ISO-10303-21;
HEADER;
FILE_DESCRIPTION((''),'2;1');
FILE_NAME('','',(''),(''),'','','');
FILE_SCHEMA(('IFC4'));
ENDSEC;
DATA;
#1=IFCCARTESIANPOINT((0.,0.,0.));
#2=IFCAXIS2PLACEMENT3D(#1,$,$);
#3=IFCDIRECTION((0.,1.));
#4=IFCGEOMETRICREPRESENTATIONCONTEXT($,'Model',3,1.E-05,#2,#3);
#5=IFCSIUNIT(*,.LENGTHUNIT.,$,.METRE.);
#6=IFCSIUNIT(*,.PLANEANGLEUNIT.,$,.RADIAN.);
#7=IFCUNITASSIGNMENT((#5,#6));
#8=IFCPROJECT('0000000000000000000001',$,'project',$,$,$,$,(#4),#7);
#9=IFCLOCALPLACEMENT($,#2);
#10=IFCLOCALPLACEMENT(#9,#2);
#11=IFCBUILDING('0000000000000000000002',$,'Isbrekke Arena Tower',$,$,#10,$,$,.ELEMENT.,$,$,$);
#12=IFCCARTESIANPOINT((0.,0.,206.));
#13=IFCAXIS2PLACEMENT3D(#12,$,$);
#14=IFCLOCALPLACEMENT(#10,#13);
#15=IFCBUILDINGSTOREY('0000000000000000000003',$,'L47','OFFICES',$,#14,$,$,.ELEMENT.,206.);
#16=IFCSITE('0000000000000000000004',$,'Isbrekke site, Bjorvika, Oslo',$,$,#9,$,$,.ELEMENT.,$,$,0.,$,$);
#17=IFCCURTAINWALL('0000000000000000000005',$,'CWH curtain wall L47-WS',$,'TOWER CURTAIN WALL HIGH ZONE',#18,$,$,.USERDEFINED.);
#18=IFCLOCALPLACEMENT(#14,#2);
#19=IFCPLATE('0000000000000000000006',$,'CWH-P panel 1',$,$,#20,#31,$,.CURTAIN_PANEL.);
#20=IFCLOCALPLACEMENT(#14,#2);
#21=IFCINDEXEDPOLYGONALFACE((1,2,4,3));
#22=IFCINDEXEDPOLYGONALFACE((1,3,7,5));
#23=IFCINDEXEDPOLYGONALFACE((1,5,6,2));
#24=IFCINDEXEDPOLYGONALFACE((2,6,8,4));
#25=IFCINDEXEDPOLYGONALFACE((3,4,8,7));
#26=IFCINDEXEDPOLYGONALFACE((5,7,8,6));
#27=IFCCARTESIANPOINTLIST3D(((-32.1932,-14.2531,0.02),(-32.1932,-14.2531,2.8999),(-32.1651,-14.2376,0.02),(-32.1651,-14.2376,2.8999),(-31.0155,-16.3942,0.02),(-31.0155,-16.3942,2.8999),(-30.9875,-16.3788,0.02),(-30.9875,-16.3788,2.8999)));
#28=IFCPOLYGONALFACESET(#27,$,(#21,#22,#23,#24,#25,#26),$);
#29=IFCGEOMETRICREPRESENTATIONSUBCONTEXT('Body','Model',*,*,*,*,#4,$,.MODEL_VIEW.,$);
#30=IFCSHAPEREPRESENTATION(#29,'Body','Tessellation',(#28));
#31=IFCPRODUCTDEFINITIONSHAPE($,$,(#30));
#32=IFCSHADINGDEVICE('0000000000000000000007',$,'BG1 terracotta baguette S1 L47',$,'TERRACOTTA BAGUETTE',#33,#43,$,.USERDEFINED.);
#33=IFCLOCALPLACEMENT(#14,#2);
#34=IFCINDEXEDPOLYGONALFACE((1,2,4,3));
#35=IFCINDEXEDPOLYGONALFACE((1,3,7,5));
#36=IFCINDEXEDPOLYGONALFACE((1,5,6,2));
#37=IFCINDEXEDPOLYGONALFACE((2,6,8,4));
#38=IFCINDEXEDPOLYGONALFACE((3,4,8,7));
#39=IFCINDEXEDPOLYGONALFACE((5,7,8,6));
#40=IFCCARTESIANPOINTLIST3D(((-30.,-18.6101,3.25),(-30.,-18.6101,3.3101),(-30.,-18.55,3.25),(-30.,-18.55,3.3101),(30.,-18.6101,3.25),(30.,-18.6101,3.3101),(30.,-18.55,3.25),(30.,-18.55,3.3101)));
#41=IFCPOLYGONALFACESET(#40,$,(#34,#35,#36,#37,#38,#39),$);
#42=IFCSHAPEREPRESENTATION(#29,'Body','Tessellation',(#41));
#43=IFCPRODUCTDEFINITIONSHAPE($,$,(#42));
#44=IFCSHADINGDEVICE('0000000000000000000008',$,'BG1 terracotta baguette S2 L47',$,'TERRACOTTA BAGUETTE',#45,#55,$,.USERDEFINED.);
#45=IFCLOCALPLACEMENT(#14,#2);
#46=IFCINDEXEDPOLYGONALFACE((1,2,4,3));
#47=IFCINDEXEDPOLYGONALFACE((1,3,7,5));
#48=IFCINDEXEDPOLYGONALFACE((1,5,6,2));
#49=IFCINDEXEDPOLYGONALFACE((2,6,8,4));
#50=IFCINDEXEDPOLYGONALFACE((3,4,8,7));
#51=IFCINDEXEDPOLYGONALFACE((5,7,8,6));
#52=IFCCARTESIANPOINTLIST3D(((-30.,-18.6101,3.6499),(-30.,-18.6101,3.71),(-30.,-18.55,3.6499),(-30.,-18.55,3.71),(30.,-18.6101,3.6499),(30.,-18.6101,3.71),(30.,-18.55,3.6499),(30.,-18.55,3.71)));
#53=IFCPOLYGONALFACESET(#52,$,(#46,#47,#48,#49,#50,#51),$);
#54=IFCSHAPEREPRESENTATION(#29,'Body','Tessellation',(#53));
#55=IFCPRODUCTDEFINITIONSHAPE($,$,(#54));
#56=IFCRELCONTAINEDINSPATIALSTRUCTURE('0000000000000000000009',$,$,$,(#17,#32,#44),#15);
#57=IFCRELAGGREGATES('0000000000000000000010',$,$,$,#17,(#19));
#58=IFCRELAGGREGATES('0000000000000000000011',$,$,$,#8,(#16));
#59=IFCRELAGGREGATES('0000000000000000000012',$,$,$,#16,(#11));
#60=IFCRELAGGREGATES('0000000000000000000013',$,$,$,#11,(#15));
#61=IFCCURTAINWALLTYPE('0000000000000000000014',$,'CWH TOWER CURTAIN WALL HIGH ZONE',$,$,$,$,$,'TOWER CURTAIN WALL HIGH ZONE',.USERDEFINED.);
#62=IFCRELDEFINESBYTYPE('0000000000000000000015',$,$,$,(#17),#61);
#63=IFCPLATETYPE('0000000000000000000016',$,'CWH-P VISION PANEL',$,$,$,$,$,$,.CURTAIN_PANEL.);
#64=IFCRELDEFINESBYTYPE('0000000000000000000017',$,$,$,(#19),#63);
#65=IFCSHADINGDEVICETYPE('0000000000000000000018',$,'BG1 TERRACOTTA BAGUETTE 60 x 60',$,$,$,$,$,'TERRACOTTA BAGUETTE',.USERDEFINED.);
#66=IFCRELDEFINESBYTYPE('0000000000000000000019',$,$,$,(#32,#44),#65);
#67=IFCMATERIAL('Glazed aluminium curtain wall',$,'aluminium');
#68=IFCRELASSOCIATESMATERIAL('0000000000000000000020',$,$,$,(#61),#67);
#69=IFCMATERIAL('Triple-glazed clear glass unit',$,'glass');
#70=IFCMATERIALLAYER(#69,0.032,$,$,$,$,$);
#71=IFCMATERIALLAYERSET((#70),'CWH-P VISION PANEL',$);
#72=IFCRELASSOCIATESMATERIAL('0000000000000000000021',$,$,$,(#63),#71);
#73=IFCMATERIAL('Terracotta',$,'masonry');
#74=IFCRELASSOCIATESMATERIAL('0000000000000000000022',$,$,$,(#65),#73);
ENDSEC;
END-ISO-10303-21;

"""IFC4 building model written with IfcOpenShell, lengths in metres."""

from ifc_helpers import new_model, si_unit, direction, frame, origin, origin_2d, place, context, subcontext, project, spatial, rectangle, extrude, material, layer, layer_set, material_profile, profile_set, type_object, element, aggregate, save


model = new_model("IFC4")

# Units and contexts
model_context = context("Model", 3, precision=1e-05, world=origin(), true_north=direction((0.0, 1.0)))
body_context = subcontext(model_context, "Body", "Model", "MODEL_VIEW")
ifc_project = project(units=[si_unit("LENGTHUNIT", "METRE"), si_unit("PLANEANGLEUNIT", "RADIAN")], contexts=[model_context])

# Site, building, storey
site_placement = place(None, origin())
site = spatial("IfcSite", under=ifc_project, at=site_placement, Name="Isbrekke site, Bjorvika, Oslo", CompositionType="ELEMENT", RefElevation=0.0)
building_placement = place(site_placement, origin())
building = spatial("IfcBuilding", under=site, at=building_placement, Name="Isbrekke Arena Tower", CompositionType="ELEMENT")
storey_placement = place(building_placement, frame((0.0, 0.0, 206.0)))
storey = spatial("IfcBuildingStorey", under=building, at=storey_placement, Name="L47", Description="OFFICES", CompositionType="ELEMENT", Elevation=206.0)

# Curtain wall
ifc_material_1 = material(Name="Glazed aluminium curtain wall", Category="aluminium")
curtain_wall_type = type_object("IfcCurtainWallType", Name="CWH TOWER CURTAIN WALL HIGH ZONE", ElementType="TOWER CURTAIN WALL HIGH ZONE", PredefinedType="USERDEFINED", material=ifc_material_1)
curtain_wall_1_placement = place(storey_placement, origin())
curtain_wall_1 = element("IfcCurtainWall", 1, at=curtain_wall_1_placement, inside=storey, type_object=curtain_wall_type, Name="CWH curtain wall L47-WS", ObjectType="TOWER CURTAIN WALL HIGH ZONE", PredefinedType="USERDEFINED")

# Plate
ifc_material_2 = material(Name="Triple-glazed clear glass unit", Category="glass")
ifc_layer = layer(ifc_material_2, 0.032)
ifc_layer_set = layer_set([ifc_layer], Name="CWH-P VISION PANEL")
plate_type = type_object("IfcPlateType", Name="CWH-P VISION PANEL", PredefinedType="CURTAIN_PANEL", material=ifc_layer_set)
plate_1_placement = place(storey_placement, frame((-31.5903, -15.3159, 0.02), z_axis=(0.0, 0.0, 1.0), x_axis=(0.481919, -0.876216, 0.0)))
plate_1 = element("IfcPlate", 2, at=plate_1_placement, type_object=plate_type, Name="CWH-P panel 1", PredefinedType="CURTAIN_PANEL", context=body_context, shape_type="SweptSolid", body=[
    extrude(rectangle(XDim=2.4436, YDim=0.032, at=origin_2d()), origin(), (0.0, 0.0, 1.0), 2.8799),
])
aggregate(curtain_wall_1, [plate_1])

# Shading devices
ifc_material_3 = material(Name="Terracotta", Category="masonry")
ifc_material_profile_1 = material_profile(ifc_material_3, rectangle(XDim=0.0601, YDim=0.0601, at=origin_2d()), Name="BAGUETTE 60X60")
ifc_profile_set_1 = profile_set([ifc_material_profile_1], Name="Terracotta")
shading_device_type = type_object("IfcShadingDeviceType", Name="BG1 TERRACOTTA BAGUETTE 60 x 60", ElementType="TERRACOTTA BAGUETTE", PredefinedType="USERDEFINED", material=ifc_profile_set_1)
for number, where, z_axis, x_axis, name in (
    (3, (-30.0, -18.5801, 3.28), (1.0, 0.0, 0.0), (0.0, 1.0, 0.0), "BG1 terracotta baguette S1 L47"),
    (4, (-30.0, -18.5801, 3.6799), (1.0, 0.0, 0.0), (0.0, 1.0, 0.0), "BG1 terracotta baguette S2 L47"),
):
    element("IfcShadingDevice", number, at=place(storey_placement, frame(where, z_axis=z_axis, x_axis=x_axis)), inside=storey, type_object=shading_device_type, Name=name, ObjectType="TERRACOTTA BAGUETTE", PredefinedType="USERDEFINED", context=body_context, shape_type="SweptSolid", body=[
        extrude(rectangle(XDim=0.0601, YDim=0.0601, at=origin_2d()), origin(), (0.0, 0.0, 1.0), 60.0),
    ])

save(model, "model.ifc")
